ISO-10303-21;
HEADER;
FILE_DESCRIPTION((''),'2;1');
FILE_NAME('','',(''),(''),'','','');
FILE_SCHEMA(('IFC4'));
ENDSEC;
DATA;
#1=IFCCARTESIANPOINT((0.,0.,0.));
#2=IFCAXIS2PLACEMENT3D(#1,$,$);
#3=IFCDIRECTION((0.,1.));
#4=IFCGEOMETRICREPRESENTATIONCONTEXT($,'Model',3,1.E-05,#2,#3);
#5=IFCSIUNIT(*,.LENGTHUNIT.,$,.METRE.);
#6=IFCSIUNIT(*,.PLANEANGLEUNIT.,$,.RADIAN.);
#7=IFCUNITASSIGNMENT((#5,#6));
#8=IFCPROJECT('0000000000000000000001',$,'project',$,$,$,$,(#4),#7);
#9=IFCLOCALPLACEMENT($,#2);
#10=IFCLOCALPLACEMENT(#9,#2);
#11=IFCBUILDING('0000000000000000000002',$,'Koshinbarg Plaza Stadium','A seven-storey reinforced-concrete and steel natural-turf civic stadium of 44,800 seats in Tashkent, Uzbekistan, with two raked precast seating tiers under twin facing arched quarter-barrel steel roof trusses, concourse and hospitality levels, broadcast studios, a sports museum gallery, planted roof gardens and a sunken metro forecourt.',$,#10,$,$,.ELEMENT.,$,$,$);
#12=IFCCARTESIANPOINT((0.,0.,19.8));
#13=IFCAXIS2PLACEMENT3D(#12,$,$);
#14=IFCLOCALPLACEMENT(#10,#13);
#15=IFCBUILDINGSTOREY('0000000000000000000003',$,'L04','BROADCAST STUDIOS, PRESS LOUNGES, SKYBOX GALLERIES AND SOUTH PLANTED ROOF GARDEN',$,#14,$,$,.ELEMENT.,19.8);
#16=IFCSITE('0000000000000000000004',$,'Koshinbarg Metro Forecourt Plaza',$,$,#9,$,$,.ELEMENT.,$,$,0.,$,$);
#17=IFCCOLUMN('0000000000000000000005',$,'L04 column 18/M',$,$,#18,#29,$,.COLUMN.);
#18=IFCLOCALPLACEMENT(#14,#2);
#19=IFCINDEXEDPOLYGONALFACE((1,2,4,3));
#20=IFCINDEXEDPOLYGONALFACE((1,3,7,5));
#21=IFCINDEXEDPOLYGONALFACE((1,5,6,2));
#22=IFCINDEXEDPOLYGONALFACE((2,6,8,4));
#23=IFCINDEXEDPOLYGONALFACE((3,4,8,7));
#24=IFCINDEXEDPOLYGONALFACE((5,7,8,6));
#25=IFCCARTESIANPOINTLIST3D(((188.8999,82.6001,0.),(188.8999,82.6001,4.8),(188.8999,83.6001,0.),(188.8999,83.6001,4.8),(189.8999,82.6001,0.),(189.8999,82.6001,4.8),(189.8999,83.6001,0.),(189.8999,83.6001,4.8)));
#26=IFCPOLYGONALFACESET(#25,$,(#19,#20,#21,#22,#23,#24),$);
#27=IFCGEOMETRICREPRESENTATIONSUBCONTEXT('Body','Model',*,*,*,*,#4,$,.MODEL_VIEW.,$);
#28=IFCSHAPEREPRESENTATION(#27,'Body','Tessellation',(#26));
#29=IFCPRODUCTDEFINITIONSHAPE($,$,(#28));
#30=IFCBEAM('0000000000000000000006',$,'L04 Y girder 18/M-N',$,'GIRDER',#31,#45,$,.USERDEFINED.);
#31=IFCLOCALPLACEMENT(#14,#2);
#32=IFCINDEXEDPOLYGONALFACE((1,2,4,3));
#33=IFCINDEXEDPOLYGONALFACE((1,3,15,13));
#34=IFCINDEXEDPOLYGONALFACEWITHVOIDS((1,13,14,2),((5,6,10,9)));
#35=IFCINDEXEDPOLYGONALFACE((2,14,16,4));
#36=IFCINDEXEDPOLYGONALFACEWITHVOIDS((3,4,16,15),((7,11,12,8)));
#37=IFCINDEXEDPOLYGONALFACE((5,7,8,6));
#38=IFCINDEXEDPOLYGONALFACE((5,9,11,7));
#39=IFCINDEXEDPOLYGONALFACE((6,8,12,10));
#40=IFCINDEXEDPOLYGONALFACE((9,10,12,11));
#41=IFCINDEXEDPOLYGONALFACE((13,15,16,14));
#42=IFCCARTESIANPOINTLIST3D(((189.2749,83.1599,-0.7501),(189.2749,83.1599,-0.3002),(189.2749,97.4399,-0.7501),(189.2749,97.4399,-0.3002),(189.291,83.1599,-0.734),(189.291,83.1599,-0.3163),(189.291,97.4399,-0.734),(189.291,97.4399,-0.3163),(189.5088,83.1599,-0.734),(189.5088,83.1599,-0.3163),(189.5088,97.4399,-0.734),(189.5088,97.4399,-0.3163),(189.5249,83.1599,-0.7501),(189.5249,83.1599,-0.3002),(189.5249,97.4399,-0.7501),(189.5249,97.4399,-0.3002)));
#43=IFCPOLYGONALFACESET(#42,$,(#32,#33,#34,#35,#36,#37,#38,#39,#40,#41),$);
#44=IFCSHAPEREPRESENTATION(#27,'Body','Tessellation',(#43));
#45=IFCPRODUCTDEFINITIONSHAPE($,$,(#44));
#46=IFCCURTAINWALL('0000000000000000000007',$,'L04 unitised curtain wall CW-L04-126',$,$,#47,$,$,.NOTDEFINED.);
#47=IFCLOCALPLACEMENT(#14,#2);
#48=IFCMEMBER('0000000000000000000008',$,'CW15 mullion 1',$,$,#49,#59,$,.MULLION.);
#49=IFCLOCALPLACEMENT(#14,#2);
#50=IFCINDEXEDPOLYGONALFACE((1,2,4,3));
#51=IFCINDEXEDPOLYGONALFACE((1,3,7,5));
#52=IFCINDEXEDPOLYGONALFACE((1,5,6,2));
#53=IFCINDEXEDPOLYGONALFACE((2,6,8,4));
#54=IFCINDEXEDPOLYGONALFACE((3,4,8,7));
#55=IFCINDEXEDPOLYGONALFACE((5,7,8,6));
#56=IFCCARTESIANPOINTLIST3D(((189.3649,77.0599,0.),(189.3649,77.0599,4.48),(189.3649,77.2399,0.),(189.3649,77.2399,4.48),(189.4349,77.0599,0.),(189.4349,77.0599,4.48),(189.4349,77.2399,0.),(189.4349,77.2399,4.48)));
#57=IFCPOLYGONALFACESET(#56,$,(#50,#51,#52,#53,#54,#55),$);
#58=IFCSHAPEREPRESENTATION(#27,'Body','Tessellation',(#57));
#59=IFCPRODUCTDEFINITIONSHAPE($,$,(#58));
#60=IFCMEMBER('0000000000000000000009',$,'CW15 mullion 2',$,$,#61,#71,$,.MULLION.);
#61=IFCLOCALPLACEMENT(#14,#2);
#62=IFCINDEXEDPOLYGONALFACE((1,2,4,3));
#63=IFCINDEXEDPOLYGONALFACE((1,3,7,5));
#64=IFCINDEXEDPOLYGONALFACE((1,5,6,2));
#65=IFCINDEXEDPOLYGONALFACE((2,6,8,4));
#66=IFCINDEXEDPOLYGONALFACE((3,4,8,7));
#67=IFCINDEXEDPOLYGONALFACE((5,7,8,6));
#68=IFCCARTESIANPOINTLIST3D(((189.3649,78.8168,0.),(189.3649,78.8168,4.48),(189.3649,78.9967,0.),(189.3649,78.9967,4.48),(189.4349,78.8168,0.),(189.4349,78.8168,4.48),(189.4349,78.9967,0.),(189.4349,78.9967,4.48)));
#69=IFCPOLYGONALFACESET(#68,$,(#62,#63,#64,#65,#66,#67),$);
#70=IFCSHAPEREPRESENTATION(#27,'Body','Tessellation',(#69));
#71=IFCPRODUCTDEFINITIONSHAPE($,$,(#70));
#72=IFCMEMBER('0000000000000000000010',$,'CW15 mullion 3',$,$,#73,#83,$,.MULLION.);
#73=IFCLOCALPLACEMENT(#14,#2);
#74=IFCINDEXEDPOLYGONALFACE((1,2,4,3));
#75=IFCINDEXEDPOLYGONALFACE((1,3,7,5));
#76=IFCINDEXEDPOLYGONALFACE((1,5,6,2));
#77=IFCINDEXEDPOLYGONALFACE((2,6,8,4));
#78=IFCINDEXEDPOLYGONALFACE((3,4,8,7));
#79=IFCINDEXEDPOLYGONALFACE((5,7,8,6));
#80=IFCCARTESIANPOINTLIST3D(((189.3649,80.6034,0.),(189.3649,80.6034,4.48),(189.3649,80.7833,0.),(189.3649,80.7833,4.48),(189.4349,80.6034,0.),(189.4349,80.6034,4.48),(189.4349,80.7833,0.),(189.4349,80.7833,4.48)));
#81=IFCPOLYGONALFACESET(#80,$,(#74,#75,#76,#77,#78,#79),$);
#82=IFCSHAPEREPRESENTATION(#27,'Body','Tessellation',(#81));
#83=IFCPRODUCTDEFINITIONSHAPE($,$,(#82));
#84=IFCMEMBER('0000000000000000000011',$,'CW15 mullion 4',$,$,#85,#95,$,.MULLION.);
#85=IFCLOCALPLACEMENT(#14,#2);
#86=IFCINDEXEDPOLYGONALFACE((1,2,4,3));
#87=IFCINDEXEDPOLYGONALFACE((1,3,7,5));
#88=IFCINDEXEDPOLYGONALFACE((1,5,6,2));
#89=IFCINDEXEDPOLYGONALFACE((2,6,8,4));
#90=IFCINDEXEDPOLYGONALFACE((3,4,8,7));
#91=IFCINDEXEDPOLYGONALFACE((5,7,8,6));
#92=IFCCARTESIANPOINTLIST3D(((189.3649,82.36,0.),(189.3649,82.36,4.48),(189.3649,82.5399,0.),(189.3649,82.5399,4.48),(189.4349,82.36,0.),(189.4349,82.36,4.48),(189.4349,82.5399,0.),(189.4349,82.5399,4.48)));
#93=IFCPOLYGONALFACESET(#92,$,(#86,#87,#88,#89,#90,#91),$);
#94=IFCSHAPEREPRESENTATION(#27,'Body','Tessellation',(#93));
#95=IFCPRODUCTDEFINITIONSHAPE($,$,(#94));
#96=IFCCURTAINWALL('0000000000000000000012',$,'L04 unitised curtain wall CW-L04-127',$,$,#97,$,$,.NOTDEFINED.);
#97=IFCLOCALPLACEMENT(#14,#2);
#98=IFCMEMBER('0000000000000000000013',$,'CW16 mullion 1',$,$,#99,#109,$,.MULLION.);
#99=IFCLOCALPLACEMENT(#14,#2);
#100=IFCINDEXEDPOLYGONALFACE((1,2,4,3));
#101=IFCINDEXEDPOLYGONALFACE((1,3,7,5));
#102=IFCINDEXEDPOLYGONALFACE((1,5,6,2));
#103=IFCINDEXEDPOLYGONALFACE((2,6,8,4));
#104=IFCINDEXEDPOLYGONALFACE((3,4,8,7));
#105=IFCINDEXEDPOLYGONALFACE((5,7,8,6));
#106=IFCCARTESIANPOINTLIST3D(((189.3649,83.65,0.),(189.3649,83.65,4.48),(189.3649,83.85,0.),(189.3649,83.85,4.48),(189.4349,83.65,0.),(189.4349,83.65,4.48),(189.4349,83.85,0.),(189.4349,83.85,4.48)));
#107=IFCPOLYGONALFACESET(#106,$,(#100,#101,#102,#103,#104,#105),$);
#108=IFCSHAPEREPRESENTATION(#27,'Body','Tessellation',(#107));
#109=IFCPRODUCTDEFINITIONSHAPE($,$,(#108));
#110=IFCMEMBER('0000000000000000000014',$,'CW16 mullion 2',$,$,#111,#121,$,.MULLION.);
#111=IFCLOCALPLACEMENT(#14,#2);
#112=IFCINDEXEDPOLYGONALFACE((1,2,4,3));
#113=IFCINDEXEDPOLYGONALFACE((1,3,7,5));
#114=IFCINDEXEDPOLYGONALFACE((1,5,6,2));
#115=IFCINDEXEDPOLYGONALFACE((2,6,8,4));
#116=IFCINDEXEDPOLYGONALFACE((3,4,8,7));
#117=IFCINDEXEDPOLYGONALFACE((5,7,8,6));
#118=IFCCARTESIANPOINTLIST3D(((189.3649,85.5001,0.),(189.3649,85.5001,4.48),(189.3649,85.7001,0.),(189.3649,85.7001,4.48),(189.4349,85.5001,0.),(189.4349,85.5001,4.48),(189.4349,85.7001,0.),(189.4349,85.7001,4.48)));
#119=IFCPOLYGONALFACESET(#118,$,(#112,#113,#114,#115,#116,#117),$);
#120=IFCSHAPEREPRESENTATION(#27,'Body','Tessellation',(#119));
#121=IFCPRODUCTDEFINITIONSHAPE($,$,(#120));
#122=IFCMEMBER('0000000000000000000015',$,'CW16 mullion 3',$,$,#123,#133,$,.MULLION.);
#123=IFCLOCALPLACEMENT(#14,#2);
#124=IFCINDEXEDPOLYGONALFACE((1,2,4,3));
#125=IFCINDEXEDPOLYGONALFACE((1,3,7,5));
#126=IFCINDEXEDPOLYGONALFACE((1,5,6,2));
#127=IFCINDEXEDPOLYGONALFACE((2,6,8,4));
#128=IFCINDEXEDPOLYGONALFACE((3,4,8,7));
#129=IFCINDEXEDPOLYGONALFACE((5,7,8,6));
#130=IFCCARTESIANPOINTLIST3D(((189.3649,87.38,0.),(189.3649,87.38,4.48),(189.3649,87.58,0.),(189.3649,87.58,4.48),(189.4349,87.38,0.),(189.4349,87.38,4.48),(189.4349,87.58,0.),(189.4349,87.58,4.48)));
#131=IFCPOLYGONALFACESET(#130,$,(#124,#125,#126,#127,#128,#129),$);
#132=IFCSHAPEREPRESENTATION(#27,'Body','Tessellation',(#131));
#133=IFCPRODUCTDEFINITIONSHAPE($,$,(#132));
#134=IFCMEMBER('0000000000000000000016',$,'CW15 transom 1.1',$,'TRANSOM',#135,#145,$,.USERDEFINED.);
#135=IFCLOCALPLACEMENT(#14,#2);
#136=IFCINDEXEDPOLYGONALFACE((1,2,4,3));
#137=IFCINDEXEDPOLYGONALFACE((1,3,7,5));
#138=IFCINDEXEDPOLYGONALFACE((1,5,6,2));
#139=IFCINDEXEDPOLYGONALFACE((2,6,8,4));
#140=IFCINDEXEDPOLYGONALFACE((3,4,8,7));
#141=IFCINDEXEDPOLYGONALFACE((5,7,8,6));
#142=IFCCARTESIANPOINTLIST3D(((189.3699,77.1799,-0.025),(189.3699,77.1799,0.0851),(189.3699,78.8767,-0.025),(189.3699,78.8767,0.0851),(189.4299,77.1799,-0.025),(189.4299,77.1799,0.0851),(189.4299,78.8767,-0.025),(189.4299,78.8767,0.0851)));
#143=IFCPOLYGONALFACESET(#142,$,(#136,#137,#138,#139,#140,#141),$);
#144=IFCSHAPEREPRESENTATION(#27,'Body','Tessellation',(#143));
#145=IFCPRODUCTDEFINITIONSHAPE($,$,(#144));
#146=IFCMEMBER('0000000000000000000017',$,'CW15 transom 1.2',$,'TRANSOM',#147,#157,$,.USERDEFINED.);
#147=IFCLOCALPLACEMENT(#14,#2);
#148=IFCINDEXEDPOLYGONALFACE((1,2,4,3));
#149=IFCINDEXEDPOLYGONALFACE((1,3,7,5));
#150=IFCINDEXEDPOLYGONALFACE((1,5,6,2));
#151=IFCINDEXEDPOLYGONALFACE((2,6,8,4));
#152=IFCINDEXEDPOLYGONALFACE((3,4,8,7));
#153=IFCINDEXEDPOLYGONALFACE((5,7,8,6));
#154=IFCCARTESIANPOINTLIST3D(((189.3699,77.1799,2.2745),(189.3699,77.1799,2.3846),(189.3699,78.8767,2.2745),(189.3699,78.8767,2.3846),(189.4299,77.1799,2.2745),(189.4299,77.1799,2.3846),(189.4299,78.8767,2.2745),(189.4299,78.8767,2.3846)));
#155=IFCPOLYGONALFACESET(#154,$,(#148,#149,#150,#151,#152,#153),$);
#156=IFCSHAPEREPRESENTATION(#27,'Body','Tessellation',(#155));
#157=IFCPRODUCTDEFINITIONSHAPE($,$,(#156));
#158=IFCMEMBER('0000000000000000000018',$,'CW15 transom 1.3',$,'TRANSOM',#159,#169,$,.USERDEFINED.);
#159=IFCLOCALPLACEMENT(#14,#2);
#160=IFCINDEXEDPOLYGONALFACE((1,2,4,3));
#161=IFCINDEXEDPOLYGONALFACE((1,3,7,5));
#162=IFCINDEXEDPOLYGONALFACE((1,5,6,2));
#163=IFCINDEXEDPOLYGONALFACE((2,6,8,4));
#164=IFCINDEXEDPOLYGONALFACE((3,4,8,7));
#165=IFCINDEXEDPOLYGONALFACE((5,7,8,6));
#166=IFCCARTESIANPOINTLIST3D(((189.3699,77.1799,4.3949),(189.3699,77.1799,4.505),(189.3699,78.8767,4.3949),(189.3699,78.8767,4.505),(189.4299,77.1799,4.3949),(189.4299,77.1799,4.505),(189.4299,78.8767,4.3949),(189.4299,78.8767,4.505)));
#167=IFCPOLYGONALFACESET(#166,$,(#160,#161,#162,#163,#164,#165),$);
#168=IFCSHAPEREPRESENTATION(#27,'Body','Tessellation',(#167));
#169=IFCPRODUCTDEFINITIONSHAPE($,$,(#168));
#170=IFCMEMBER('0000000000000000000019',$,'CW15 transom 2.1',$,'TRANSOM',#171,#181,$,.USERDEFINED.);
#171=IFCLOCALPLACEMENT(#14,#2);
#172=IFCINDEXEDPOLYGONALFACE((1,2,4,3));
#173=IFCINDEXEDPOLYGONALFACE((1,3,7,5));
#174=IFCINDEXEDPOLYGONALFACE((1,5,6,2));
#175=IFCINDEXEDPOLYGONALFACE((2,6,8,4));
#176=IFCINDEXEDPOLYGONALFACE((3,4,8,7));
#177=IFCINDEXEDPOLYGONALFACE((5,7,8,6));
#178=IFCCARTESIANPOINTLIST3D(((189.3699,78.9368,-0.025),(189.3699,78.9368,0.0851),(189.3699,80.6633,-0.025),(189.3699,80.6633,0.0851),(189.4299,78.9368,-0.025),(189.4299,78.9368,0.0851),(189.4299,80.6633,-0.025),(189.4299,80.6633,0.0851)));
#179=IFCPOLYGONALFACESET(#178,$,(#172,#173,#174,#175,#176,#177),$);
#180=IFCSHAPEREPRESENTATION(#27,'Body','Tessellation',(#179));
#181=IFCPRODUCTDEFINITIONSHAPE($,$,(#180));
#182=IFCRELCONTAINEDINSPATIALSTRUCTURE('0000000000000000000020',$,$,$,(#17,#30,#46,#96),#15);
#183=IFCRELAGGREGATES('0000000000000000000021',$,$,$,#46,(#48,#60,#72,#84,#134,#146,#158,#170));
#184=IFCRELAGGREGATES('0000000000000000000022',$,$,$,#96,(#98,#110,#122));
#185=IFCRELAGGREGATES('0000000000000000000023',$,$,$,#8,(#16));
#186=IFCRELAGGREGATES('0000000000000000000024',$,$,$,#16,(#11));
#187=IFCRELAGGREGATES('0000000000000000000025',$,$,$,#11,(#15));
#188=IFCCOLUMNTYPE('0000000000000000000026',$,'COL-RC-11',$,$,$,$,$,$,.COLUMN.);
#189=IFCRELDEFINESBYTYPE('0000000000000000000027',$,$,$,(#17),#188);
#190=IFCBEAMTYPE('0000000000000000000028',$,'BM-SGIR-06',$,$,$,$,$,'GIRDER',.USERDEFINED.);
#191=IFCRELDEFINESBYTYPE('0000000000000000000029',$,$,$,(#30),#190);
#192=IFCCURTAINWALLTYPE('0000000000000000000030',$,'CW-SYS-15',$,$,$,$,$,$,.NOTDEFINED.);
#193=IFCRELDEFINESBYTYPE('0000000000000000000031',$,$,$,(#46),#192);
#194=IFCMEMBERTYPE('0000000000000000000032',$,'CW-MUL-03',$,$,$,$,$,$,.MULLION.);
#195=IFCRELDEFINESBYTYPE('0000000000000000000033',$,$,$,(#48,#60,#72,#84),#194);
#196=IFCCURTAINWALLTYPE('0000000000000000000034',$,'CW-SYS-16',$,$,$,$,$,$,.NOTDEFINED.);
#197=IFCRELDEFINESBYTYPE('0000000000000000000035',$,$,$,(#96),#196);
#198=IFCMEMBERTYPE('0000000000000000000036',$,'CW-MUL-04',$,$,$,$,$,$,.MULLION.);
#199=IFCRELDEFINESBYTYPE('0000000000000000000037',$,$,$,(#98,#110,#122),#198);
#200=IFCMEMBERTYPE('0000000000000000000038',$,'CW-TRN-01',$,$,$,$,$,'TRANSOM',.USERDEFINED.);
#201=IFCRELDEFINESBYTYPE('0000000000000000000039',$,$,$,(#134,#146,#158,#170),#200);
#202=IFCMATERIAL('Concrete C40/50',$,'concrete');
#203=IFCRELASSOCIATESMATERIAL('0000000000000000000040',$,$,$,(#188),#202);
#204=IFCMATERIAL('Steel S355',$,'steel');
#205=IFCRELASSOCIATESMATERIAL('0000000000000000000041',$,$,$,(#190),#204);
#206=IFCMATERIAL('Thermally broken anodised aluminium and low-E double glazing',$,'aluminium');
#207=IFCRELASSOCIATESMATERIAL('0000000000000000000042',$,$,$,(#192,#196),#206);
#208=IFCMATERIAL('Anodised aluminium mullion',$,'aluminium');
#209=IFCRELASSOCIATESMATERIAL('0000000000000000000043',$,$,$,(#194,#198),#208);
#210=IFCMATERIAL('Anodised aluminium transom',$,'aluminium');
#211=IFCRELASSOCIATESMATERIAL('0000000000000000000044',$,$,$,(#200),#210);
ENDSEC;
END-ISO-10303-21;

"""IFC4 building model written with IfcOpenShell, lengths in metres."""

from ifc_helpers import new_model, si_unit, direction, frame, origin, origin_2d, place, context, subcontext, project, spatial, rectangle, hollow_rectangle, extrude, material, material_profile, profile_set, type_object, element, aggregate, save


model = new_model("IFC4")

# Units and contexts
model_context = context("Model", 3, precision=1e-05, world=origin(), true_north=direction((0.0, 1.0)))
body_context = subcontext(model_context, "Body", "Model", "MODEL_VIEW")
ifc_project = project(units=[si_unit("LENGTHUNIT", "METRE"), si_unit("PLANEANGLEUNIT", "RADIAN")], contexts=[model_context])

# Site, building, storey
site_placement = place(None, origin())
site = spatial("IfcSite", under=ifc_project, at=site_placement, Name="Koshinbarg Metro Forecourt Plaza", CompositionType="ELEMENT", RefElevation=0.0)
building_placement = place(site_placement, origin())
building = spatial("IfcBuilding", under=site, at=building_placement, Name="Koshinbarg Plaza Stadium", Description="A seven-storey reinforced-concrete and steel natural-turf civic stadium of 44,800 seats in Tashkent, Uzbekistan, with two raked precast seating tiers under twin facing arched quarter-barrel steel roof trusses, concourse and hospitality levels, broadcast studios, a sports museum gallery, planted roof gardens and a sunken metro forecourt.", CompositionType="ELEMENT")
storey_placement = place(building_placement, frame((0.0, 0.0, 19.8)))
storey = spatial("IfcBuildingStorey", under=building, at=storey_placement, Name="L04", Description="BROADCAST STUDIOS, PRESS LOUNGES, SKYBOX GALLERIES AND SOUTH PLANTED ROOF GARDEN", CompositionType="ELEMENT", Elevation=19.8)

# Column
ifc_material_1 = material(Name="Concrete C40/50", Category="concrete")
ifc_material_profile_1 = material_profile(ifc_material_1, rectangle(XDim=1.0, YDim=1.0, at=origin_2d()), Name="RC 1000x1000")
ifc_profile_set_1 = profile_set([ifc_material_profile_1], Name="Concrete C40/50")
column_type = type_object("IfcColumnType", Name="COL-RC-11", PredefinedType="COLUMN", material=ifc_profile_set_1)
column_placement = place(storey_placement, frame((189.3999, 83.1001, 0.0), z_axis=(0.0, 0.0, 1.0), x_axis=(1.0, 0.0, 0.0)))
element("IfcColumn", 1, at=column_placement, inside=storey, type_object=column_type, Name="L04 column 18/M", PredefinedType="COLUMN", context=body_context, shape_type="SweptSolid", body=[
    extrude(rectangle(XDim=1.0, YDim=1.0, at=origin_2d()), origin(), (0.0, 0.0, 1.0), 4.8),
])

# Beam
ifc_material_2 = material(Name="Steel S355", Category="steel")
ifc_material_profile_2 = material_profile(ifc_material_2, hollow_rectangle(XDim=0.25, YDim=0.45, WallThickness=0.0161, at=origin_2d()), Name="RHS 450x250x16")
ifc_profile_set_2 = profile_set([ifc_material_profile_2], Name="Steel S355")
beam_type = type_object("IfcBeamType", Name="BM-SGIR-06", ElementType="GIRDER", PredefinedType="USERDEFINED", material=ifc_profile_set_2)
beam_placement = place(storey_placement, frame((189.3999, 83.1599, -0.5251), z_axis=(0.0, 1.0, 0.0), x_axis=(-1.0, 0.0, 0.0)))
element("IfcBeam", 2, at=beam_placement, inside=storey, type_object=beam_type, Name="L04 Y girder 18/M-N", ObjectType="GIRDER", PredefinedType="USERDEFINED", context=body_context, shape_type="SweptSolid", body=[
    extrude(hollow_rectangle(XDim=0.25, YDim=0.45, WallThickness=0.0161, at=origin_2d()), origin(), (0.0, 0.0, 1.0), 14.28),
])

# Curtain walls, members
ifc_material_3 = material(Name="Thermally broken anodised aluminium and low-E double glazing", Category="aluminium")
curtain_wall_type_1 = type_object("IfcCurtainWallType", Name="CW-SYS-15", PredefinedType="NOTDEFINED", material=ifc_material_3)
curtain_wall_1_placement = place(storey_placement, origin())
curtain_wall_1 = element("IfcCurtainWall", 3, at=curtain_wall_1_placement, inside=storey, type_object=curtain_wall_type_1, Name="L04 unitised curtain wall CW-L04-126", PredefinedType="NOTDEFINED")
ifc_material_4 = material(Name="Anodised aluminium mullion", Category="aluminium")
ifc_material_profile_3 = material_profile(ifc_material_4, rectangle(XDim=0.0701, YDim=0.1799, at=origin_2d()), Name="ALU 70x180")
ifc_profile_set_3 = profile_set([ifc_material_profile_3], Name="Anodised aluminium mullion")
member_type_1 = type_object("IfcMemberType", Name="CW-MUL-03", PredefinedType="MULLION", material=ifc_profile_set_3)
member_1_placement = place(storey_placement, frame((189.3999, 77.1499, 0.0), z_axis=(0.0, 0.0, 1.0), x_axis=(-1.0, 0.0, 0.0)))
member_1 = element("IfcMember", 4, at=member_1_placement, type_object=member_type_1, Name="CW15 mullion 1", PredefinedType="MULLION", context=body_context, shape_type="SweptSolid", body=[
    extrude(rectangle(XDim=0.0701, YDim=0.1799, at=origin_2d()), origin(), (0.0, 0.0, 1.0), 4.48),
])
member_2_placement = place(storey_placement, frame((189.3999, 78.9067, 0.0), z_axis=(0.0, 0.0, 1.0), x_axis=(-1.0, 0.0, 0.0)))
member_2 = element("IfcMember", 5, at=member_2_placement, type_object=member_type_1, Name="CW15 mullion 2", PredefinedType="MULLION", context=body_context, shape_type="SweptSolid", body=[
    extrude(rectangle(XDim=0.0701, YDim=0.1799, at=origin_2d()), origin(), (0.0, 0.0, 1.0), 4.48),
])
member_3_placement = place(storey_placement, frame((189.3999, 80.6934, 0.0), z_axis=(0.0, 0.0, 1.0), x_axis=(-1.0, 0.0, 0.0)))
member_3 = element("IfcMember", 6, at=member_3_placement, type_object=member_type_1, Name="CW15 mullion 3", PredefinedType="MULLION", context=body_context, shape_type="SweptSolid", body=[
    extrude(rectangle(XDim=0.0701, YDim=0.1799, at=origin_2d()), origin(), (0.0, 0.0, 1.0), 4.48),
])
member_4_placement = place(storey_placement, frame((189.3999, 82.45, 0.0), z_axis=(0.0, 0.0, 1.0), x_axis=(-1.0, 0.0, 0.0)))
member_4 = element("IfcMember", 7, at=member_4_placement, type_object=member_type_1, Name="CW15 mullion 4", PredefinedType="MULLION", context=body_context, shape_type="SweptSolid", body=[
    extrude(rectangle(XDim=0.0701, YDim=0.1799, at=origin_2d()), origin(), (0.0, 0.0, 1.0), 4.48),
])
curtain_wall_type_2 = type_object("IfcCurtainWallType", Name="CW-SYS-16", PredefinedType="NOTDEFINED", material=ifc_material_3)
curtain_wall_2_placement = place(storey_placement, origin())
curtain_wall_2 = element("IfcCurtainWall", 8, at=curtain_wall_2_placement, inside=storey, type_object=curtain_wall_type_2, Name="L04 unitised curtain wall CW-L04-127", PredefinedType="NOTDEFINED")
ifc_material_profile_4 = material_profile(ifc_material_4, rectangle(XDim=0.0701, YDim=0.2, at=origin_2d()), Name="ALU 70x200")
ifc_profile_set_4 = profile_set([ifc_material_profile_4], Name="Anodised aluminium mullion")
member_type_2 = type_object("IfcMemberType", Name="CW-MUL-04", PredefinedType="MULLION", material=ifc_profile_set_4)
member_5_placement = place(storey_placement, frame((189.3999, 83.75, 0.0), z_axis=(0.0, 0.0, 1.0), x_axis=(-1.0, 0.0, 0.0)))
member_5 = element("IfcMember", 9, at=member_5_placement, type_object=member_type_2, Name="CW16 mullion 1", PredefinedType="MULLION", context=body_context, shape_type="SweptSolid", body=[
    extrude(rectangle(XDim=0.0701, YDim=0.2, at=origin_2d()), origin(), (0.0, 0.0, 1.0), 4.48),
])
member_6_placement = place(storey_placement, frame((189.3999, 85.6001, 0.0), z_axis=(0.0, 0.0, 1.0), x_axis=(-1.0, 0.0, 0.0)))
member_6 = element("IfcMember", 10, at=member_6_placement, type_object=member_type_2, Name="CW16 mullion 2", PredefinedType="MULLION", context=body_context, shape_type="SweptSolid", body=[
    extrude(rectangle(XDim=0.0701, YDim=0.2, at=origin_2d()), origin(), (0.0, 0.0, 1.0), 4.48),
])
member_7_placement = place(storey_placement, frame((189.3999, 87.48, 0.0), z_axis=(0.0, 0.0, 1.0), x_axis=(-1.0, 0.0, 0.0)))
member_7 = element("IfcMember", 11, at=member_7_placement, type_object=member_type_2, Name="CW16 mullion 3", PredefinedType="MULLION", context=body_context, shape_type="SweptSolid", body=[
    extrude(rectangle(XDim=0.0701, YDim=0.2, at=origin_2d()), origin(), (0.0, 0.0, 1.0), 4.48),
])

# Members
ifc_material_5 = material(Name="Anodised aluminium transom", Category="aluminium")
ifc_material_profile_5 = material_profile(ifc_material_5, rectangle(XDim=0.0601, YDim=0.1101, at=origin_2d()), Name="ALU 60x110")
ifc_profile_set_5 = profile_set([ifc_material_profile_5], Name="Anodised aluminium transom")
member_type_3 = type_object("IfcMemberType", Name="CW-TRN-01", ElementType="TRANSOM", PredefinedType="USERDEFINED", material=ifc_profile_set_5)
member_8_placement = place(storey_placement, frame((189.3999, 77.1799, 0.03), z_axis=(0.0, 1.0, 0.0), x_axis=(-1.0, 0.0, 0.0)))
member_8 = element("IfcMember", 12, at=member_8_placement, type_object=member_type_3, Name="CW15 transom 1.1", ObjectType="TRANSOM", PredefinedType="USERDEFINED", context=body_context, shape_type="SweptSolid", body=[
    extrude(rectangle(XDim=0.0601, YDim=0.1101, at=origin_2d()), origin(), (0.0, 0.0, 1.0), 1.6968),
])
member_9_placement = place(storey_placement, frame((189.3999, 77.1799, 2.3296), z_axis=(0.0, 1.0, 0.0), x_axis=(-1.0, 0.0, 0.0)))
member_9 = element("IfcMember", 13, at=member_9_placement, type_object=member_type_3, Name="CW15 transom 1.2", ObjectType="TRANSOM", PredefinedType="USERDEFINED", context=body_context, shape_type="SweptSolid", body=[
    extrude(rectangle(XDim=0.0601, YDim=0.1101, at=origin_2d()), origin(), (0.0, 0.0, 1.0), 1.6968),
])
member_10_placement = place(storey_placement, frame((189.3999, 77.1799, 4.45), z_axis=(0.0, 1.0, 0.0), x_axis=(-1.0, 0.0, 0.0)))
member_10 = element("IfcMember", 14, at=member_10_placement, type_object=member_type_3, Name="CW15 transom 1.3", ObjectType="TRANSOM", PredefinedType="USERDEFINED", context=body_context, shape_type="SweptSolid", body=[
    extrude(rectangle(XDim=0.0601, YDim=0.1101, at=origin_2d()), origin(), (0.0, 0.0, 1.0), 1.6968),
])
member_11_placement = place(storey_placement, frame((189.3999, 78.9368, 0.03), z_axis=(0.0, 1.0, 0.0), x_axis=(-1.0, 0.0, 0.0)))
member_11 = element("IfcMember", 15, at=member_11_placement, type_object=member_type_3, Name="CW15 transom 2.1", ObjectType="TRANSOM", PredefinedType="USERDEFINED", context=body_context, shape_type="SweptSolid", body=[
    extrude(rectangle(XDim=0.0601, YDim=0.1101, at=origin_2d()), origin(), (0.0, 0.0, 1.0), 1.7266),
])

aggregate(curtain_wall_1, [member_1, member_2, member_3, member_4, member_8, member_9, member_10, member_11])
aggregate(curtain_wall_2, [member_5, member_6, member_7])

save(model, "model.ifc")
